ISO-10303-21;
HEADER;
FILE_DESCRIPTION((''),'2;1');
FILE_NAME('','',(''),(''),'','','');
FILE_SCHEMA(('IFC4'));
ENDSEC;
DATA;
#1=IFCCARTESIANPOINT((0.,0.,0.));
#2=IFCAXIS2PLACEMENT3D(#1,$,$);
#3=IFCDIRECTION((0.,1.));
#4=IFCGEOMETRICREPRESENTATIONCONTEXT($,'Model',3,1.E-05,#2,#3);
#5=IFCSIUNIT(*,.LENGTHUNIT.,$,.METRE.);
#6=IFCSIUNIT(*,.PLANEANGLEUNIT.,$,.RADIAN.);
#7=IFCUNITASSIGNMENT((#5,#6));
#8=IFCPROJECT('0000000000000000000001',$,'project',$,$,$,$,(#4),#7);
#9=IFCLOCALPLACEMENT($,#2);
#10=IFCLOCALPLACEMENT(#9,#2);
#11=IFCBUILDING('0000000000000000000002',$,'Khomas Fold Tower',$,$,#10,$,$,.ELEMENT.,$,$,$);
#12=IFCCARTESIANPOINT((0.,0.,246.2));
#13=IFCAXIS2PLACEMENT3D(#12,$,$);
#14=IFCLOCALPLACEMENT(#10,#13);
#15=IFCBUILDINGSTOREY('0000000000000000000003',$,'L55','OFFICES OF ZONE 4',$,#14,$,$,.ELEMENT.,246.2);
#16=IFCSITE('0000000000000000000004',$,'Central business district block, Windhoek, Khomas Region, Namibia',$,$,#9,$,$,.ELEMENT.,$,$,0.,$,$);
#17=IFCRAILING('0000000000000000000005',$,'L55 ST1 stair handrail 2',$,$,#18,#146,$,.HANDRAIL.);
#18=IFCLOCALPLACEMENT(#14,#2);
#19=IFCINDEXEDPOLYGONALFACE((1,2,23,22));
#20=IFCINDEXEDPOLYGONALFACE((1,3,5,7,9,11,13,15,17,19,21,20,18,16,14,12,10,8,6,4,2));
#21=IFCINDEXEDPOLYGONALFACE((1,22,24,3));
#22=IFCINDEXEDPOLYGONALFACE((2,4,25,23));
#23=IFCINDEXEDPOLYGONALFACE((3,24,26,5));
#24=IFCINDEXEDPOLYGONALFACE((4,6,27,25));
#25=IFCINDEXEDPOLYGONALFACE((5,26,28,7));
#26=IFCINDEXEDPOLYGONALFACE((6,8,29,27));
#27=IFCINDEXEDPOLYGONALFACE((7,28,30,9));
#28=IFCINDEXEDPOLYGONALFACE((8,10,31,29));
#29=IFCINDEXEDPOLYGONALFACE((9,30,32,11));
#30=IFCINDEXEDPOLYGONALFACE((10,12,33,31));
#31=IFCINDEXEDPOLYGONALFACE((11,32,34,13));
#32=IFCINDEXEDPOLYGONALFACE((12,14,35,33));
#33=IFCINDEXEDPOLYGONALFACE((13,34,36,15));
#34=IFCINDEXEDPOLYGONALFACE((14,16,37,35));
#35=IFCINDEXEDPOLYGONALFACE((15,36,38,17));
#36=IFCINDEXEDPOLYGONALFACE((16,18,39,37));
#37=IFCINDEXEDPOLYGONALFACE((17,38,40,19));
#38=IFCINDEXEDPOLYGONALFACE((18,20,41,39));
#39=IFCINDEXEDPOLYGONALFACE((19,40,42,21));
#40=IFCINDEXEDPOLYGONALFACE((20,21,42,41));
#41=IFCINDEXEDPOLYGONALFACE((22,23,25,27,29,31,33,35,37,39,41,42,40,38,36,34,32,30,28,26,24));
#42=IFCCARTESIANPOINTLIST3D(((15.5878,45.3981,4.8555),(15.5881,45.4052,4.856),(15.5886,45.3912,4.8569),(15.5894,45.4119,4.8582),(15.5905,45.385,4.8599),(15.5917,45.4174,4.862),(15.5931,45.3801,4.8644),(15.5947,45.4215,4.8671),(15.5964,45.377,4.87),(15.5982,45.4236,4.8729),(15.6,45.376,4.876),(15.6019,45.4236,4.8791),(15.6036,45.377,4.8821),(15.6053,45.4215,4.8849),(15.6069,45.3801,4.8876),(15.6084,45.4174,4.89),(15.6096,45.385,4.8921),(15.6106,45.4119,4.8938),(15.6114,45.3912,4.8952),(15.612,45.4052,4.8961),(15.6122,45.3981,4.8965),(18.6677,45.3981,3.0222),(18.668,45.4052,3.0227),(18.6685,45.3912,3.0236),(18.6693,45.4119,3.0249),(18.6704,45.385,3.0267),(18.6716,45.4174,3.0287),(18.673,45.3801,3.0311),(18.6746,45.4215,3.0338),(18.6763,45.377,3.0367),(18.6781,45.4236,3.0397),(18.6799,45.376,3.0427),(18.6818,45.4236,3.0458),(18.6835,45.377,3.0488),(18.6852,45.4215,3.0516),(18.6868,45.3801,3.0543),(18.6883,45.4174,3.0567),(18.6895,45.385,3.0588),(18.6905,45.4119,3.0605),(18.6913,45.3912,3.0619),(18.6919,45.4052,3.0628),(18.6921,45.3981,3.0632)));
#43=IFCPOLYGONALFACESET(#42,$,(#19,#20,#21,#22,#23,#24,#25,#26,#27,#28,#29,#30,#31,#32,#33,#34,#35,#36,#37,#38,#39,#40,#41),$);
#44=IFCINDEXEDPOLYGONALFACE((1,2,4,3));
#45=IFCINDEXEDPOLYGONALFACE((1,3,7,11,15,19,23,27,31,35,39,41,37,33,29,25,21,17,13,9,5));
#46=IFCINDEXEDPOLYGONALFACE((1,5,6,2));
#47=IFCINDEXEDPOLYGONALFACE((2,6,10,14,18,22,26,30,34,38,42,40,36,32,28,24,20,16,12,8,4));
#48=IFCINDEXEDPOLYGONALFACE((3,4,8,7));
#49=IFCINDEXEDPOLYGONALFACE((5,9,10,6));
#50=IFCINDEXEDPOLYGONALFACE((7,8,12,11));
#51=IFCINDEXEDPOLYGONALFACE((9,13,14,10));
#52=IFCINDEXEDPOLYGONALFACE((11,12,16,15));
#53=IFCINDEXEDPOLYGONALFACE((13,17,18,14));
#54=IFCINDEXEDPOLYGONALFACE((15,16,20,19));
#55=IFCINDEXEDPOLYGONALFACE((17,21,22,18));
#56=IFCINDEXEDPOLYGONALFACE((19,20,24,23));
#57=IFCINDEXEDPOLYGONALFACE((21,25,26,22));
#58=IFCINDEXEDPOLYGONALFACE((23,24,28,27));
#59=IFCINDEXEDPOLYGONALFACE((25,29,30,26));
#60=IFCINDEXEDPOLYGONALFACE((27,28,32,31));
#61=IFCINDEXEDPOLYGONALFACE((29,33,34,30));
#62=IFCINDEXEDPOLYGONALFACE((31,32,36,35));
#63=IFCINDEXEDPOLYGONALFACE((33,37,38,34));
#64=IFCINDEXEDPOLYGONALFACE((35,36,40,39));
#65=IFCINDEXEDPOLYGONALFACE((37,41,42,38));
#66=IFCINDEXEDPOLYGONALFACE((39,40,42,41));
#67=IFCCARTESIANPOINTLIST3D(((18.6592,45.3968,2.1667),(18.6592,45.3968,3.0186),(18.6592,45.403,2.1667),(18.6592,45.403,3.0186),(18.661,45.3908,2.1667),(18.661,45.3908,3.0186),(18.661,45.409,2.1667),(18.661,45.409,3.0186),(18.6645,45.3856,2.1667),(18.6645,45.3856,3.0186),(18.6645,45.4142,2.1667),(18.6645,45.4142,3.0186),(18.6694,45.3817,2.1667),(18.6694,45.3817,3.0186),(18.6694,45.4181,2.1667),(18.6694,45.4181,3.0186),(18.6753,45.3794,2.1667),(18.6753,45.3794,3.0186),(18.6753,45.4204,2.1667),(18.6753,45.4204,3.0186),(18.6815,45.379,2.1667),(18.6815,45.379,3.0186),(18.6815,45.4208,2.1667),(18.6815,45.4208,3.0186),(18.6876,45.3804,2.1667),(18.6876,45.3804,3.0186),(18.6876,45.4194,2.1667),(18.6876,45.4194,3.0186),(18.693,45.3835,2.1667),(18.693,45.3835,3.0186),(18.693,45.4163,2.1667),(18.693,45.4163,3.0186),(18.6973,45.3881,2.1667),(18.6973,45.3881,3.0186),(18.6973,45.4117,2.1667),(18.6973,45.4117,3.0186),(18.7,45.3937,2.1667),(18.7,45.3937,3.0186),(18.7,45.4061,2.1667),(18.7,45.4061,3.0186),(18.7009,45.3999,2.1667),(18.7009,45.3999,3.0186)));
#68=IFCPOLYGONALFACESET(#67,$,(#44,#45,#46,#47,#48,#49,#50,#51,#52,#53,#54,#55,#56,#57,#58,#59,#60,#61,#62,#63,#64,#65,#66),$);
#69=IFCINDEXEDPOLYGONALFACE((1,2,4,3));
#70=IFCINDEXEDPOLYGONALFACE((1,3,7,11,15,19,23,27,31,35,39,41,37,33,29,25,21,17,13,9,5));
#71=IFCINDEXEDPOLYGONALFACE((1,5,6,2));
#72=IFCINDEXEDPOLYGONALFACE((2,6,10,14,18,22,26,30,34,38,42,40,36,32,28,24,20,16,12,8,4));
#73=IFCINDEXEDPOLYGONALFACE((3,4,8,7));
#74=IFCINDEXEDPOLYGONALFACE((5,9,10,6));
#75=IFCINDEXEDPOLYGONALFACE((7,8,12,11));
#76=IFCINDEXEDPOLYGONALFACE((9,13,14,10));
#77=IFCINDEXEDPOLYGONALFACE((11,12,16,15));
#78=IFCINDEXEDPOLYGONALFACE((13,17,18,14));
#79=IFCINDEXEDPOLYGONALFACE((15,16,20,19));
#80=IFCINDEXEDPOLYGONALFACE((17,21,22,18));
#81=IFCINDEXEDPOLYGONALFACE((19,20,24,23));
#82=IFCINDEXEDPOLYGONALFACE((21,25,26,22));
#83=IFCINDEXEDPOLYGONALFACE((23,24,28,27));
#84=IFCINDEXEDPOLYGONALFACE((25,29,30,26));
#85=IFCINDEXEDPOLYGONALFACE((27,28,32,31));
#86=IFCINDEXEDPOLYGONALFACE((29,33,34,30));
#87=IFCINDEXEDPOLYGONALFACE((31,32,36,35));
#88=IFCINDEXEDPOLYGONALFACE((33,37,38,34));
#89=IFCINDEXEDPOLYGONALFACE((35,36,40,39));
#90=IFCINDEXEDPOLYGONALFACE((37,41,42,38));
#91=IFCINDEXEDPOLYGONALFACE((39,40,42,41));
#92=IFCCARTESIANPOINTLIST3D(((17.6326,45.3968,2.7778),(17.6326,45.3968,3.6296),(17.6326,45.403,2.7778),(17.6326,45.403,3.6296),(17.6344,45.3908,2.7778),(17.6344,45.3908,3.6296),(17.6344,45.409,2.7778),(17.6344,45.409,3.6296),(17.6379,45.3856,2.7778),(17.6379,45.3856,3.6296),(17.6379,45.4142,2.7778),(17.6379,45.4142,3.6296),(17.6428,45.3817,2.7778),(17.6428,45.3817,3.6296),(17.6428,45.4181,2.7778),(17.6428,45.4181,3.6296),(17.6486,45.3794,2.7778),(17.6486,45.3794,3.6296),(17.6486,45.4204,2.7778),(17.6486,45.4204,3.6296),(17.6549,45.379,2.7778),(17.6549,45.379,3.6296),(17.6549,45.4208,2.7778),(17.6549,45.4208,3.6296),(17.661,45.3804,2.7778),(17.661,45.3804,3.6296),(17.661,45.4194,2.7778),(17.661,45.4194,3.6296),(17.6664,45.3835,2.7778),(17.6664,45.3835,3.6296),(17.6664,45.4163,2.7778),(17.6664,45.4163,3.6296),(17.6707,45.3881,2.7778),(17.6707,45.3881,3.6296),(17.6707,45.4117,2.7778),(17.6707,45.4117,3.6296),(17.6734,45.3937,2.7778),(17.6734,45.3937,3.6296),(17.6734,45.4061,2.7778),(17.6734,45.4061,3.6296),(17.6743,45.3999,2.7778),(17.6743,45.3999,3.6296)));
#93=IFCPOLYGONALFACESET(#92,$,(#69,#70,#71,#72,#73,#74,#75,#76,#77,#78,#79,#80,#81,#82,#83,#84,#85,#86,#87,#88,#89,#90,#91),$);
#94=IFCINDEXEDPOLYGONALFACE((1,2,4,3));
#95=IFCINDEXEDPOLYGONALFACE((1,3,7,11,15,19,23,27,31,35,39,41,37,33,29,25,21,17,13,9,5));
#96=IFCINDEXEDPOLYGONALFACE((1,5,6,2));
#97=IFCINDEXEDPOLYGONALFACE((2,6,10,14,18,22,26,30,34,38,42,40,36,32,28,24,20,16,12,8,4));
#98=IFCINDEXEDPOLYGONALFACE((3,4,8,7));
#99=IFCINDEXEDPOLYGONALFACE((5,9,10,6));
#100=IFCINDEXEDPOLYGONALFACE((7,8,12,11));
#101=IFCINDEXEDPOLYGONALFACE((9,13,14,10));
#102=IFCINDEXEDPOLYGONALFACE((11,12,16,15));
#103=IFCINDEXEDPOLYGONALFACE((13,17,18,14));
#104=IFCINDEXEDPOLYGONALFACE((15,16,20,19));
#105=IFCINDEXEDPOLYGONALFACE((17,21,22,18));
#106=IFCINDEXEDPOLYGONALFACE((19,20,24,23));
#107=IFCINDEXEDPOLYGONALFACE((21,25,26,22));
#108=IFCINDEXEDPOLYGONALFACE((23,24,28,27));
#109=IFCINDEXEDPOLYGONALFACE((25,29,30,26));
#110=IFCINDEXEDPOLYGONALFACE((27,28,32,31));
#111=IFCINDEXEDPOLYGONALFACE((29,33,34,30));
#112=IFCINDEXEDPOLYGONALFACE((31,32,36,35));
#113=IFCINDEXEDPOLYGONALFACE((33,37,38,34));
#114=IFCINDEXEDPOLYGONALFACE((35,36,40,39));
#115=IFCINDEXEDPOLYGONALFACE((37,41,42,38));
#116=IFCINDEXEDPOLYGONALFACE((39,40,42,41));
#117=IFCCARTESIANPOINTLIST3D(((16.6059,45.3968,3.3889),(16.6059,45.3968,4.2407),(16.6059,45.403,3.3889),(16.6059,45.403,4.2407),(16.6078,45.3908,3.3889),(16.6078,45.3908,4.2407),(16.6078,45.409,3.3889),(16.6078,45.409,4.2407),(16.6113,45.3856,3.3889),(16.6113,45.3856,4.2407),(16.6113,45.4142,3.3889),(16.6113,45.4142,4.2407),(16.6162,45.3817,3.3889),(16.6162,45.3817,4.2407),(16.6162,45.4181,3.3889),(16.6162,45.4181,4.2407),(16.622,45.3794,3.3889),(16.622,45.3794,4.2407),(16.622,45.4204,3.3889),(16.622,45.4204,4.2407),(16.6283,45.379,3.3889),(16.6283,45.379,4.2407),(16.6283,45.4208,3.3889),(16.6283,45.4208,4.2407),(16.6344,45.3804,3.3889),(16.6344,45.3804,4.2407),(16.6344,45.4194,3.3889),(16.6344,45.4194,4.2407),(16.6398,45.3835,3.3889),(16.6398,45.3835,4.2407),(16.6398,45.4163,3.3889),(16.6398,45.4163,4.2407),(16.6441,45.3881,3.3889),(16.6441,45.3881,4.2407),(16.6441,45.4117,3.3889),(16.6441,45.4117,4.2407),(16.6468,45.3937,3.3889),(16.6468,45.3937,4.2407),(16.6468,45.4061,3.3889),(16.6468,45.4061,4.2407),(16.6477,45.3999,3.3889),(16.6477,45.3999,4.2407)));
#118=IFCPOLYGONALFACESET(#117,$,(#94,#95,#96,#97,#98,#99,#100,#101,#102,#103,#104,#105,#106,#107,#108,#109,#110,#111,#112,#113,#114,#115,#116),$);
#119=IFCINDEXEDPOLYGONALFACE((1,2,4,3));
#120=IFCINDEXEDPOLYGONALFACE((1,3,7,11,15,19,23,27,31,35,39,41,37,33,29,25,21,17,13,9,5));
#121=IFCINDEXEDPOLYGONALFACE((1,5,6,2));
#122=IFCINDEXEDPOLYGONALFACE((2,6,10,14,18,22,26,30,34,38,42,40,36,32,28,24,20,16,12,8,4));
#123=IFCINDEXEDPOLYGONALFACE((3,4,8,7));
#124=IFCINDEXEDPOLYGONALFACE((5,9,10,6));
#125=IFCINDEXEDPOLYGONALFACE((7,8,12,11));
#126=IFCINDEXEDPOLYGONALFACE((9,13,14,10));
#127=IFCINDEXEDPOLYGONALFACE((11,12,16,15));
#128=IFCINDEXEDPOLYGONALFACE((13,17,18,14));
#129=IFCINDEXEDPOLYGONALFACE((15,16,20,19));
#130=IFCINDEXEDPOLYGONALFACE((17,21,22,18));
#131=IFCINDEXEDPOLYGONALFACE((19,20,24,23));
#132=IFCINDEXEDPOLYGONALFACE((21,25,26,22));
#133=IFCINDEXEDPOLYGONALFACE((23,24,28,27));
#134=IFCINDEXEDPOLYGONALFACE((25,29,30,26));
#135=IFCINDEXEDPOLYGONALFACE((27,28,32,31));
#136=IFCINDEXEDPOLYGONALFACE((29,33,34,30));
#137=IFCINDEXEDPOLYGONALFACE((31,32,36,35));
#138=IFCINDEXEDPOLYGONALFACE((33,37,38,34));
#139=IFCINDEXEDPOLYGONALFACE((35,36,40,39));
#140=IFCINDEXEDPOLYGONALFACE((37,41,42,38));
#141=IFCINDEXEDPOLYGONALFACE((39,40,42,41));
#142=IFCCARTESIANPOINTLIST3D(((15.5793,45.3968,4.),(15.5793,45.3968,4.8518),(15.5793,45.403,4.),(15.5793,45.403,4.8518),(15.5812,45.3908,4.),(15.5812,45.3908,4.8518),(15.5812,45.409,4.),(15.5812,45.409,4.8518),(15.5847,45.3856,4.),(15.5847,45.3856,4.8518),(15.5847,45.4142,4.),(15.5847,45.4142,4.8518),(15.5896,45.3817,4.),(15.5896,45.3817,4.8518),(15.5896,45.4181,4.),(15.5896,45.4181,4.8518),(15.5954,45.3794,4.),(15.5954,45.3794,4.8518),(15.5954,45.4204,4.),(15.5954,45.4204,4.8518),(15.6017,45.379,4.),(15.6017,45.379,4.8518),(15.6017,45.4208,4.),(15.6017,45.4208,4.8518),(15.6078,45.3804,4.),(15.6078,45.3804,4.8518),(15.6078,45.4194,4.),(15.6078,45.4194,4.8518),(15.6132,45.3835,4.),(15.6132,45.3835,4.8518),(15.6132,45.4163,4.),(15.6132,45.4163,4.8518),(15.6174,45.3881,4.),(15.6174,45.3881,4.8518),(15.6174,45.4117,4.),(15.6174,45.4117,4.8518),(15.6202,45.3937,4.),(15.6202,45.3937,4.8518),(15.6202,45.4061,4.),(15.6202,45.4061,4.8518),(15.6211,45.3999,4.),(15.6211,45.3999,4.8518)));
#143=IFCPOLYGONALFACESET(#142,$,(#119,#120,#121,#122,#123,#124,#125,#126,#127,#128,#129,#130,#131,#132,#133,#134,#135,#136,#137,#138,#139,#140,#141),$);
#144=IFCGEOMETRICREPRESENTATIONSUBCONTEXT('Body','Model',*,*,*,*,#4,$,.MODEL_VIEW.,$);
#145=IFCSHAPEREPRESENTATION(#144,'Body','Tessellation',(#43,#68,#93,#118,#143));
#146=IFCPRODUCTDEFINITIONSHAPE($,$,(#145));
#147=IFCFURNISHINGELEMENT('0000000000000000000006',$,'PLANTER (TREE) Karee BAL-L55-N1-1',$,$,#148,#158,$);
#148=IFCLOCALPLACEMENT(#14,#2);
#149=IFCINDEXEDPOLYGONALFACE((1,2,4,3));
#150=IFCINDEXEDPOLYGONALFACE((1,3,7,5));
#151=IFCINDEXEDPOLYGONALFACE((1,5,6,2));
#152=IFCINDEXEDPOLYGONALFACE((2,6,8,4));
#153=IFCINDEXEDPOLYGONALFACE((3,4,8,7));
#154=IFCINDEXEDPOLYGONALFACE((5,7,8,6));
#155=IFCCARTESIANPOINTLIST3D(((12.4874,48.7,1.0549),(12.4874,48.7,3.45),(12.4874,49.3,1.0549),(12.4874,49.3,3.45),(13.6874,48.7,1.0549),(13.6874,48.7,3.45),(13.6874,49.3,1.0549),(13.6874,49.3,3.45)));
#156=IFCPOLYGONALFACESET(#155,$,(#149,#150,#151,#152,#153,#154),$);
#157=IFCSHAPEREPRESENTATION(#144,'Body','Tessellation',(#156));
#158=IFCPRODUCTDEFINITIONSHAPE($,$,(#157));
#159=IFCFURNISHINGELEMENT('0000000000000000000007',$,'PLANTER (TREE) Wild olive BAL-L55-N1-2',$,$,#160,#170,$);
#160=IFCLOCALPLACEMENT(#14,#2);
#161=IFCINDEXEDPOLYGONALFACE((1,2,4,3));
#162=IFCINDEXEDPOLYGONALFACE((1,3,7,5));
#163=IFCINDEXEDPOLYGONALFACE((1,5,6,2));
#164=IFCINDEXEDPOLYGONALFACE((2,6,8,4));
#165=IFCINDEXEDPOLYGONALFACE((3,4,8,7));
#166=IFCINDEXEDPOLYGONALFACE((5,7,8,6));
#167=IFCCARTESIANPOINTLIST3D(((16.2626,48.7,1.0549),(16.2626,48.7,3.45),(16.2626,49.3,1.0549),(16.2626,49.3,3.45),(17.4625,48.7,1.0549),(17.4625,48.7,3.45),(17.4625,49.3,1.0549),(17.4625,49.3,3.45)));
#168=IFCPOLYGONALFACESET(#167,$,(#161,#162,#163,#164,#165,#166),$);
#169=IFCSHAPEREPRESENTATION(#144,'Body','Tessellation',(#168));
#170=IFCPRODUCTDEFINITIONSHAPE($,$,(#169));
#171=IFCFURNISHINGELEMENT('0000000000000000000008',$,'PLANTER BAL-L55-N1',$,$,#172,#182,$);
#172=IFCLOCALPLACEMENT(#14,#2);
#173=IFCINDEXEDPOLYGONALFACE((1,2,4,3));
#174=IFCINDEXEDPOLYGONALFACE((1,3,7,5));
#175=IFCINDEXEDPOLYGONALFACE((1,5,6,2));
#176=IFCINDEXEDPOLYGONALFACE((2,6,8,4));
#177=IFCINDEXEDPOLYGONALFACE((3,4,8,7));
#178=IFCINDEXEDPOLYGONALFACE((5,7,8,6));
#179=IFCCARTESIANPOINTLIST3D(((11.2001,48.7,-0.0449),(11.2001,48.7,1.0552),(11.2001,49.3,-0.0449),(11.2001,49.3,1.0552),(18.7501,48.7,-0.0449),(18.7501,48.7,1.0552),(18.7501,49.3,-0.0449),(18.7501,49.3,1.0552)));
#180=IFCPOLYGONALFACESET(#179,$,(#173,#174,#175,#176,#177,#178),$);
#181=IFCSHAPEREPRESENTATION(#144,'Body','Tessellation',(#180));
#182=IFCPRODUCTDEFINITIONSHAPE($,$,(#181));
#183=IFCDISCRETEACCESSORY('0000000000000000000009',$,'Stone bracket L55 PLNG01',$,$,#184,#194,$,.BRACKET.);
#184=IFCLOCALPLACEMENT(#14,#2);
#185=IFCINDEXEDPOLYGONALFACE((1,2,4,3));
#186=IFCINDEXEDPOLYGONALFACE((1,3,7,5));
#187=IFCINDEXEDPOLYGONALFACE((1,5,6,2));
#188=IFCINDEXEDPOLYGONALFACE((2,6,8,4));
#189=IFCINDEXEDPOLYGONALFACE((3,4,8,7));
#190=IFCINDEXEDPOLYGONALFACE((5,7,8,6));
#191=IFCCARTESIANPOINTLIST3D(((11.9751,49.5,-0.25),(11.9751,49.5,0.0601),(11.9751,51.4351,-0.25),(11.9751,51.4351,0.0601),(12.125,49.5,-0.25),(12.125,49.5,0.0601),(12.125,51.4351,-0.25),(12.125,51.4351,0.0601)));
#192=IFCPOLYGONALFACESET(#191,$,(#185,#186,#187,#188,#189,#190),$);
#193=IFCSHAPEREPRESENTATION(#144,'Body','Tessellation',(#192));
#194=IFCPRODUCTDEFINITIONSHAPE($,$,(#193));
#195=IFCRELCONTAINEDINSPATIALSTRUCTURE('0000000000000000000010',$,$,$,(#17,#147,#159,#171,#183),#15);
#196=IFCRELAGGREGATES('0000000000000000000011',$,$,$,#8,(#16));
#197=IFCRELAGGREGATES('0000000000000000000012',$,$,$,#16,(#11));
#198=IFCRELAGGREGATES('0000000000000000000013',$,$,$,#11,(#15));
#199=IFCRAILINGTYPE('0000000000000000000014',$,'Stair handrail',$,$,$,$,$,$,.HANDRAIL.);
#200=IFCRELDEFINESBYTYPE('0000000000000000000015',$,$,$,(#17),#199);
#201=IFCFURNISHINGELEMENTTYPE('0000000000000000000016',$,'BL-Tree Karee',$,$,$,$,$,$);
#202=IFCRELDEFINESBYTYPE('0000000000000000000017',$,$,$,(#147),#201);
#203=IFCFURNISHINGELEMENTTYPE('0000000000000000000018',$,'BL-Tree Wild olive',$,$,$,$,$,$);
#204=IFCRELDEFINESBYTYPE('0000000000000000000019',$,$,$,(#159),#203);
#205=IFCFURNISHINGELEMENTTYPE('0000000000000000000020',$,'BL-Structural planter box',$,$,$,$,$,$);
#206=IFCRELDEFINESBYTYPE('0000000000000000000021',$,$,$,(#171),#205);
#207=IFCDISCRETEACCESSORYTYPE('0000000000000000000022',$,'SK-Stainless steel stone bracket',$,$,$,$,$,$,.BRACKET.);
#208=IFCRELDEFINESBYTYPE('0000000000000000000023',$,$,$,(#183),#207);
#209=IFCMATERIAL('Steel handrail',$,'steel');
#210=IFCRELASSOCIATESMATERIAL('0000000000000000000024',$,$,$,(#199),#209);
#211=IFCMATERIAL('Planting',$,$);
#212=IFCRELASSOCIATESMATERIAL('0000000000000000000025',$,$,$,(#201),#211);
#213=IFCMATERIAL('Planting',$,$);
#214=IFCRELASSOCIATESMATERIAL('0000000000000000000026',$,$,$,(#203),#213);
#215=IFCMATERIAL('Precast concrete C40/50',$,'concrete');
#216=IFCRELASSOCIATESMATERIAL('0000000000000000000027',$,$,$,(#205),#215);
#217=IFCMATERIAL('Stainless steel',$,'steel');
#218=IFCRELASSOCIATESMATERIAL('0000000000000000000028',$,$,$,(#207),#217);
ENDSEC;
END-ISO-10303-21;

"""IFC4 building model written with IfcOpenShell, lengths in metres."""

from ifc_helpers import new_model, si_unit, direction, frame, origin, origin_2d, place, context, subcontext, project, spatial, rectangle, circle, extrude, source, transform, mapped, material, type_object, element, save


model = new_model("IFC4")

# Units and contexts
model_context = context("Model", 3, precision=1e-05, world=origin(), true_north=direction((0.0, 1.0)))
body_context = subcontext(model_context, "Body", "Model", "MODEL_VIEW")
ifc_project = project(units=[si_unit("LENGTHUNIT", "METRE"), si_unit("PLANEANGLEUNIT", "RADIAN")], contexts=[model_context])

# Site, building, storey
site_placement = place(None, origin())
site = spatial("IfcSite", under=ifc_project, at=site_placement, Name="Central business district block, Windhoek, Khomas Region, Namibia", CompositionType="ELEMENT", RefElevation=0.0)
building_placement = place(site_placement, origin())
building = spatial("IfcBuilding", under=site, at=building_placement, Name="Khomas Fold Tower", CompositionType="ELEMENT")
storey_placement = place(building_placement, frame((0.0, 0.0, 246.2)))
storey = spatial("IfcBuildingStorey", under=building, at=storey_placement, Name="L55", Description="OFFICES OF ZONE 4", CompositionType="ELEMENT", Elevation=246.2)

# Railing
ifc_material_1 = material(Name="Steel handrail", Category="steel")
railing_type_1 = type_object("IfcRailingType", Name="Stair handrail", PredefinedType="HANDRAIL", material=ifc_material_1)
shared_shape_1 = source(origin(), body_context, "Body", "SweptSolid", [
    extrude(circle(Radius=0.0239, at=origin_2d()), frame((0.0, 0.0, 0.876), z_axis=(-0.859291, 0.0, 0.511487), x_axis=(0.0, -1.0, 0.0)), (0.0, 0.0, 1.0), 3.5842),
    extrude(circle(Radius=0.021, at=origin_2d()), origin(), (0.0, 0.0, 1.0), 0.8518),
    extrude(circle(Radius=0.021, at=origin_2d()), frame((-1.0266, 0.0, 0.6111)), (0.0, 0.0, 1.0), 0.8518),
    extrude(circle(Radius=0.021, at=origin_2d()), frame((-2.0532, 0.0, 1.2222)), (0.0, 0.0, 1.0), 0.8518),
    extrude(circle(Radius=0.021, at=origin_2d()), frame((-3.0798, 0.0, 1.8333)), (0.0, 0.0, 1.0), 0.8518),
])
railing_1_placement = place(storey_placement, frame((18.6799, 45.3999, 2.1667)))
element("IfcRailing", 1, at=railing_1_placement, inside=storey, type_object=railing_type_1, Name="L55 ST1 stair handrail 2", PredefinedType="HANDRAIL", context=body_context, shape_type="MappedRepresentation", body=[
    mapped(shared_shape_1, transform((0.0, 0.0, 0.0))),
])

# Furnishing elements
ifc_material_2 = material(Name="Planting")
furnishing_element_type_1 = type_object("IfcFurnishingElementType", Name="BL-Tree Karee", material=ifc_material_2)
shared_shape_2 = source(origin(), body_context, "Body", "SweptSolid", [
    extrude(rectangle(XDim=1.2, YDim=0.6001, at=origin_2d()), origin(), (0.0, 0.0, 1.0), 2.395),
])
furnishing_1_placement = place(storey_placement, frame((13.0874, 49.0, 1.0549), z_axis=(0.0, 0.0, 1.0), x_axis=(1.0, 0.0, 0.0)))
element("IfcFurnishingElement", 2, at=furnishing_1_placement, inside=storey, type_object=furnishing_element_type_1, Name="PLANTER (TREE) Karee BAL-L55-N1-1", context=body_context, shape_type="MappedRepresentation", body=[
    mapped(shared_shape_2, transform((0.0, 0.0, 0.0))),
])
ifc_material_3 = material(Name="Planting")
furnishing_element_type_2 = type_object("IfcFurnishingElementType", Name="BL-Tree Wild olive", material=ifc_material_3)
furnishing_2_placement = place(storey_placement, frame((16.8625, 49.0, 1.0549), z_axis=(0.0, 0.0, 1.0), x_axis=(1.0, 0.0, 0.0)))
element("IfcFurnishingElement", 3, at=furnishing_2_placement, inside=storey, type_object=furnishing_element_type_2, Name="PLANTER (TREE) Wild olive BAL-L55-N1-2", context=body_context, shape_type="MappedRepresentation", body=[
    mapped(shared_shape_2, transform((0.0, 0.0, 0.0))),
])
ifc_material_4 = material(Name="Precast concrete C40/50", Category="concrete")
furnishing_element_type_3 = type_object("IfcFurnishingElementType", Name="BL-Structural planter box", material=ifc_material_4)
shared_shape_3 = source(origin(), body_context, "Body", "SweptSolid", [
    extrude(rectangle(XDim=7.55, YDim=0.6001, at=origin_2d()), origin(), (0.0, 0.0, 1.0), 1.1001),
])
furnishing_3_placement = place(storey_placement, frame((14.9751, 49.0, -0.0449), z_axis=(0.0, 0.0, 1.0), x_axis=(1.0, 0.0, 0.0)))
element("IfcFurnishingElement", 4, at=furnishing_3_placement, inside=storey, type_object=furnishing_element_type_3, Name="PLANTER BAL-L55-N1", context=body_context, shape_type="MappedRepresentation", body=[
    mapped(shared_shape_3, transform((0.0, 0.0, 0.0))),
])

# Discrete accessory
ifc_material_5 = material(Name="Stainless steel", Category="steel")
discrete_accessory_type = type_object("IfcDiscreteAccessoryType", Name="SK-Stainless steel stone bracket", PredefinedType="BRACKET", material=ifc_material_5)
shared_shape_4 = source(origin(), body_context, "Body", "SweptSolid", [
    extrude(rectangle(XDim=1.9351, YDim=0.1499, at=origin_2d()), origin(), (0.0, 0.0, 1.0), 0.3101),
])
for number, where, z_axis, x_axis, name in (
    (5, (12.05, 50.4675, -0.25), (0.0, 0.0, 1.0), (0.0, 1.0, 0.0), "Stone bracket L55 PLNG01"),
):
    element("IfcDiscreteAccessory", number, at=place(storey_placement, frame(where, z_axis=z_axis, x_axis=x_axis)), inside=storey, type_object=discrete_accessory_type, Name=name, PredefinedType="BRACKET", context=body_context, shape_type="MappedRepresentation", body=[
        mapped(shared_shape_4, transform((0.0, 0.0, 0.0))),
    ])

save(model, "model.ifc")
